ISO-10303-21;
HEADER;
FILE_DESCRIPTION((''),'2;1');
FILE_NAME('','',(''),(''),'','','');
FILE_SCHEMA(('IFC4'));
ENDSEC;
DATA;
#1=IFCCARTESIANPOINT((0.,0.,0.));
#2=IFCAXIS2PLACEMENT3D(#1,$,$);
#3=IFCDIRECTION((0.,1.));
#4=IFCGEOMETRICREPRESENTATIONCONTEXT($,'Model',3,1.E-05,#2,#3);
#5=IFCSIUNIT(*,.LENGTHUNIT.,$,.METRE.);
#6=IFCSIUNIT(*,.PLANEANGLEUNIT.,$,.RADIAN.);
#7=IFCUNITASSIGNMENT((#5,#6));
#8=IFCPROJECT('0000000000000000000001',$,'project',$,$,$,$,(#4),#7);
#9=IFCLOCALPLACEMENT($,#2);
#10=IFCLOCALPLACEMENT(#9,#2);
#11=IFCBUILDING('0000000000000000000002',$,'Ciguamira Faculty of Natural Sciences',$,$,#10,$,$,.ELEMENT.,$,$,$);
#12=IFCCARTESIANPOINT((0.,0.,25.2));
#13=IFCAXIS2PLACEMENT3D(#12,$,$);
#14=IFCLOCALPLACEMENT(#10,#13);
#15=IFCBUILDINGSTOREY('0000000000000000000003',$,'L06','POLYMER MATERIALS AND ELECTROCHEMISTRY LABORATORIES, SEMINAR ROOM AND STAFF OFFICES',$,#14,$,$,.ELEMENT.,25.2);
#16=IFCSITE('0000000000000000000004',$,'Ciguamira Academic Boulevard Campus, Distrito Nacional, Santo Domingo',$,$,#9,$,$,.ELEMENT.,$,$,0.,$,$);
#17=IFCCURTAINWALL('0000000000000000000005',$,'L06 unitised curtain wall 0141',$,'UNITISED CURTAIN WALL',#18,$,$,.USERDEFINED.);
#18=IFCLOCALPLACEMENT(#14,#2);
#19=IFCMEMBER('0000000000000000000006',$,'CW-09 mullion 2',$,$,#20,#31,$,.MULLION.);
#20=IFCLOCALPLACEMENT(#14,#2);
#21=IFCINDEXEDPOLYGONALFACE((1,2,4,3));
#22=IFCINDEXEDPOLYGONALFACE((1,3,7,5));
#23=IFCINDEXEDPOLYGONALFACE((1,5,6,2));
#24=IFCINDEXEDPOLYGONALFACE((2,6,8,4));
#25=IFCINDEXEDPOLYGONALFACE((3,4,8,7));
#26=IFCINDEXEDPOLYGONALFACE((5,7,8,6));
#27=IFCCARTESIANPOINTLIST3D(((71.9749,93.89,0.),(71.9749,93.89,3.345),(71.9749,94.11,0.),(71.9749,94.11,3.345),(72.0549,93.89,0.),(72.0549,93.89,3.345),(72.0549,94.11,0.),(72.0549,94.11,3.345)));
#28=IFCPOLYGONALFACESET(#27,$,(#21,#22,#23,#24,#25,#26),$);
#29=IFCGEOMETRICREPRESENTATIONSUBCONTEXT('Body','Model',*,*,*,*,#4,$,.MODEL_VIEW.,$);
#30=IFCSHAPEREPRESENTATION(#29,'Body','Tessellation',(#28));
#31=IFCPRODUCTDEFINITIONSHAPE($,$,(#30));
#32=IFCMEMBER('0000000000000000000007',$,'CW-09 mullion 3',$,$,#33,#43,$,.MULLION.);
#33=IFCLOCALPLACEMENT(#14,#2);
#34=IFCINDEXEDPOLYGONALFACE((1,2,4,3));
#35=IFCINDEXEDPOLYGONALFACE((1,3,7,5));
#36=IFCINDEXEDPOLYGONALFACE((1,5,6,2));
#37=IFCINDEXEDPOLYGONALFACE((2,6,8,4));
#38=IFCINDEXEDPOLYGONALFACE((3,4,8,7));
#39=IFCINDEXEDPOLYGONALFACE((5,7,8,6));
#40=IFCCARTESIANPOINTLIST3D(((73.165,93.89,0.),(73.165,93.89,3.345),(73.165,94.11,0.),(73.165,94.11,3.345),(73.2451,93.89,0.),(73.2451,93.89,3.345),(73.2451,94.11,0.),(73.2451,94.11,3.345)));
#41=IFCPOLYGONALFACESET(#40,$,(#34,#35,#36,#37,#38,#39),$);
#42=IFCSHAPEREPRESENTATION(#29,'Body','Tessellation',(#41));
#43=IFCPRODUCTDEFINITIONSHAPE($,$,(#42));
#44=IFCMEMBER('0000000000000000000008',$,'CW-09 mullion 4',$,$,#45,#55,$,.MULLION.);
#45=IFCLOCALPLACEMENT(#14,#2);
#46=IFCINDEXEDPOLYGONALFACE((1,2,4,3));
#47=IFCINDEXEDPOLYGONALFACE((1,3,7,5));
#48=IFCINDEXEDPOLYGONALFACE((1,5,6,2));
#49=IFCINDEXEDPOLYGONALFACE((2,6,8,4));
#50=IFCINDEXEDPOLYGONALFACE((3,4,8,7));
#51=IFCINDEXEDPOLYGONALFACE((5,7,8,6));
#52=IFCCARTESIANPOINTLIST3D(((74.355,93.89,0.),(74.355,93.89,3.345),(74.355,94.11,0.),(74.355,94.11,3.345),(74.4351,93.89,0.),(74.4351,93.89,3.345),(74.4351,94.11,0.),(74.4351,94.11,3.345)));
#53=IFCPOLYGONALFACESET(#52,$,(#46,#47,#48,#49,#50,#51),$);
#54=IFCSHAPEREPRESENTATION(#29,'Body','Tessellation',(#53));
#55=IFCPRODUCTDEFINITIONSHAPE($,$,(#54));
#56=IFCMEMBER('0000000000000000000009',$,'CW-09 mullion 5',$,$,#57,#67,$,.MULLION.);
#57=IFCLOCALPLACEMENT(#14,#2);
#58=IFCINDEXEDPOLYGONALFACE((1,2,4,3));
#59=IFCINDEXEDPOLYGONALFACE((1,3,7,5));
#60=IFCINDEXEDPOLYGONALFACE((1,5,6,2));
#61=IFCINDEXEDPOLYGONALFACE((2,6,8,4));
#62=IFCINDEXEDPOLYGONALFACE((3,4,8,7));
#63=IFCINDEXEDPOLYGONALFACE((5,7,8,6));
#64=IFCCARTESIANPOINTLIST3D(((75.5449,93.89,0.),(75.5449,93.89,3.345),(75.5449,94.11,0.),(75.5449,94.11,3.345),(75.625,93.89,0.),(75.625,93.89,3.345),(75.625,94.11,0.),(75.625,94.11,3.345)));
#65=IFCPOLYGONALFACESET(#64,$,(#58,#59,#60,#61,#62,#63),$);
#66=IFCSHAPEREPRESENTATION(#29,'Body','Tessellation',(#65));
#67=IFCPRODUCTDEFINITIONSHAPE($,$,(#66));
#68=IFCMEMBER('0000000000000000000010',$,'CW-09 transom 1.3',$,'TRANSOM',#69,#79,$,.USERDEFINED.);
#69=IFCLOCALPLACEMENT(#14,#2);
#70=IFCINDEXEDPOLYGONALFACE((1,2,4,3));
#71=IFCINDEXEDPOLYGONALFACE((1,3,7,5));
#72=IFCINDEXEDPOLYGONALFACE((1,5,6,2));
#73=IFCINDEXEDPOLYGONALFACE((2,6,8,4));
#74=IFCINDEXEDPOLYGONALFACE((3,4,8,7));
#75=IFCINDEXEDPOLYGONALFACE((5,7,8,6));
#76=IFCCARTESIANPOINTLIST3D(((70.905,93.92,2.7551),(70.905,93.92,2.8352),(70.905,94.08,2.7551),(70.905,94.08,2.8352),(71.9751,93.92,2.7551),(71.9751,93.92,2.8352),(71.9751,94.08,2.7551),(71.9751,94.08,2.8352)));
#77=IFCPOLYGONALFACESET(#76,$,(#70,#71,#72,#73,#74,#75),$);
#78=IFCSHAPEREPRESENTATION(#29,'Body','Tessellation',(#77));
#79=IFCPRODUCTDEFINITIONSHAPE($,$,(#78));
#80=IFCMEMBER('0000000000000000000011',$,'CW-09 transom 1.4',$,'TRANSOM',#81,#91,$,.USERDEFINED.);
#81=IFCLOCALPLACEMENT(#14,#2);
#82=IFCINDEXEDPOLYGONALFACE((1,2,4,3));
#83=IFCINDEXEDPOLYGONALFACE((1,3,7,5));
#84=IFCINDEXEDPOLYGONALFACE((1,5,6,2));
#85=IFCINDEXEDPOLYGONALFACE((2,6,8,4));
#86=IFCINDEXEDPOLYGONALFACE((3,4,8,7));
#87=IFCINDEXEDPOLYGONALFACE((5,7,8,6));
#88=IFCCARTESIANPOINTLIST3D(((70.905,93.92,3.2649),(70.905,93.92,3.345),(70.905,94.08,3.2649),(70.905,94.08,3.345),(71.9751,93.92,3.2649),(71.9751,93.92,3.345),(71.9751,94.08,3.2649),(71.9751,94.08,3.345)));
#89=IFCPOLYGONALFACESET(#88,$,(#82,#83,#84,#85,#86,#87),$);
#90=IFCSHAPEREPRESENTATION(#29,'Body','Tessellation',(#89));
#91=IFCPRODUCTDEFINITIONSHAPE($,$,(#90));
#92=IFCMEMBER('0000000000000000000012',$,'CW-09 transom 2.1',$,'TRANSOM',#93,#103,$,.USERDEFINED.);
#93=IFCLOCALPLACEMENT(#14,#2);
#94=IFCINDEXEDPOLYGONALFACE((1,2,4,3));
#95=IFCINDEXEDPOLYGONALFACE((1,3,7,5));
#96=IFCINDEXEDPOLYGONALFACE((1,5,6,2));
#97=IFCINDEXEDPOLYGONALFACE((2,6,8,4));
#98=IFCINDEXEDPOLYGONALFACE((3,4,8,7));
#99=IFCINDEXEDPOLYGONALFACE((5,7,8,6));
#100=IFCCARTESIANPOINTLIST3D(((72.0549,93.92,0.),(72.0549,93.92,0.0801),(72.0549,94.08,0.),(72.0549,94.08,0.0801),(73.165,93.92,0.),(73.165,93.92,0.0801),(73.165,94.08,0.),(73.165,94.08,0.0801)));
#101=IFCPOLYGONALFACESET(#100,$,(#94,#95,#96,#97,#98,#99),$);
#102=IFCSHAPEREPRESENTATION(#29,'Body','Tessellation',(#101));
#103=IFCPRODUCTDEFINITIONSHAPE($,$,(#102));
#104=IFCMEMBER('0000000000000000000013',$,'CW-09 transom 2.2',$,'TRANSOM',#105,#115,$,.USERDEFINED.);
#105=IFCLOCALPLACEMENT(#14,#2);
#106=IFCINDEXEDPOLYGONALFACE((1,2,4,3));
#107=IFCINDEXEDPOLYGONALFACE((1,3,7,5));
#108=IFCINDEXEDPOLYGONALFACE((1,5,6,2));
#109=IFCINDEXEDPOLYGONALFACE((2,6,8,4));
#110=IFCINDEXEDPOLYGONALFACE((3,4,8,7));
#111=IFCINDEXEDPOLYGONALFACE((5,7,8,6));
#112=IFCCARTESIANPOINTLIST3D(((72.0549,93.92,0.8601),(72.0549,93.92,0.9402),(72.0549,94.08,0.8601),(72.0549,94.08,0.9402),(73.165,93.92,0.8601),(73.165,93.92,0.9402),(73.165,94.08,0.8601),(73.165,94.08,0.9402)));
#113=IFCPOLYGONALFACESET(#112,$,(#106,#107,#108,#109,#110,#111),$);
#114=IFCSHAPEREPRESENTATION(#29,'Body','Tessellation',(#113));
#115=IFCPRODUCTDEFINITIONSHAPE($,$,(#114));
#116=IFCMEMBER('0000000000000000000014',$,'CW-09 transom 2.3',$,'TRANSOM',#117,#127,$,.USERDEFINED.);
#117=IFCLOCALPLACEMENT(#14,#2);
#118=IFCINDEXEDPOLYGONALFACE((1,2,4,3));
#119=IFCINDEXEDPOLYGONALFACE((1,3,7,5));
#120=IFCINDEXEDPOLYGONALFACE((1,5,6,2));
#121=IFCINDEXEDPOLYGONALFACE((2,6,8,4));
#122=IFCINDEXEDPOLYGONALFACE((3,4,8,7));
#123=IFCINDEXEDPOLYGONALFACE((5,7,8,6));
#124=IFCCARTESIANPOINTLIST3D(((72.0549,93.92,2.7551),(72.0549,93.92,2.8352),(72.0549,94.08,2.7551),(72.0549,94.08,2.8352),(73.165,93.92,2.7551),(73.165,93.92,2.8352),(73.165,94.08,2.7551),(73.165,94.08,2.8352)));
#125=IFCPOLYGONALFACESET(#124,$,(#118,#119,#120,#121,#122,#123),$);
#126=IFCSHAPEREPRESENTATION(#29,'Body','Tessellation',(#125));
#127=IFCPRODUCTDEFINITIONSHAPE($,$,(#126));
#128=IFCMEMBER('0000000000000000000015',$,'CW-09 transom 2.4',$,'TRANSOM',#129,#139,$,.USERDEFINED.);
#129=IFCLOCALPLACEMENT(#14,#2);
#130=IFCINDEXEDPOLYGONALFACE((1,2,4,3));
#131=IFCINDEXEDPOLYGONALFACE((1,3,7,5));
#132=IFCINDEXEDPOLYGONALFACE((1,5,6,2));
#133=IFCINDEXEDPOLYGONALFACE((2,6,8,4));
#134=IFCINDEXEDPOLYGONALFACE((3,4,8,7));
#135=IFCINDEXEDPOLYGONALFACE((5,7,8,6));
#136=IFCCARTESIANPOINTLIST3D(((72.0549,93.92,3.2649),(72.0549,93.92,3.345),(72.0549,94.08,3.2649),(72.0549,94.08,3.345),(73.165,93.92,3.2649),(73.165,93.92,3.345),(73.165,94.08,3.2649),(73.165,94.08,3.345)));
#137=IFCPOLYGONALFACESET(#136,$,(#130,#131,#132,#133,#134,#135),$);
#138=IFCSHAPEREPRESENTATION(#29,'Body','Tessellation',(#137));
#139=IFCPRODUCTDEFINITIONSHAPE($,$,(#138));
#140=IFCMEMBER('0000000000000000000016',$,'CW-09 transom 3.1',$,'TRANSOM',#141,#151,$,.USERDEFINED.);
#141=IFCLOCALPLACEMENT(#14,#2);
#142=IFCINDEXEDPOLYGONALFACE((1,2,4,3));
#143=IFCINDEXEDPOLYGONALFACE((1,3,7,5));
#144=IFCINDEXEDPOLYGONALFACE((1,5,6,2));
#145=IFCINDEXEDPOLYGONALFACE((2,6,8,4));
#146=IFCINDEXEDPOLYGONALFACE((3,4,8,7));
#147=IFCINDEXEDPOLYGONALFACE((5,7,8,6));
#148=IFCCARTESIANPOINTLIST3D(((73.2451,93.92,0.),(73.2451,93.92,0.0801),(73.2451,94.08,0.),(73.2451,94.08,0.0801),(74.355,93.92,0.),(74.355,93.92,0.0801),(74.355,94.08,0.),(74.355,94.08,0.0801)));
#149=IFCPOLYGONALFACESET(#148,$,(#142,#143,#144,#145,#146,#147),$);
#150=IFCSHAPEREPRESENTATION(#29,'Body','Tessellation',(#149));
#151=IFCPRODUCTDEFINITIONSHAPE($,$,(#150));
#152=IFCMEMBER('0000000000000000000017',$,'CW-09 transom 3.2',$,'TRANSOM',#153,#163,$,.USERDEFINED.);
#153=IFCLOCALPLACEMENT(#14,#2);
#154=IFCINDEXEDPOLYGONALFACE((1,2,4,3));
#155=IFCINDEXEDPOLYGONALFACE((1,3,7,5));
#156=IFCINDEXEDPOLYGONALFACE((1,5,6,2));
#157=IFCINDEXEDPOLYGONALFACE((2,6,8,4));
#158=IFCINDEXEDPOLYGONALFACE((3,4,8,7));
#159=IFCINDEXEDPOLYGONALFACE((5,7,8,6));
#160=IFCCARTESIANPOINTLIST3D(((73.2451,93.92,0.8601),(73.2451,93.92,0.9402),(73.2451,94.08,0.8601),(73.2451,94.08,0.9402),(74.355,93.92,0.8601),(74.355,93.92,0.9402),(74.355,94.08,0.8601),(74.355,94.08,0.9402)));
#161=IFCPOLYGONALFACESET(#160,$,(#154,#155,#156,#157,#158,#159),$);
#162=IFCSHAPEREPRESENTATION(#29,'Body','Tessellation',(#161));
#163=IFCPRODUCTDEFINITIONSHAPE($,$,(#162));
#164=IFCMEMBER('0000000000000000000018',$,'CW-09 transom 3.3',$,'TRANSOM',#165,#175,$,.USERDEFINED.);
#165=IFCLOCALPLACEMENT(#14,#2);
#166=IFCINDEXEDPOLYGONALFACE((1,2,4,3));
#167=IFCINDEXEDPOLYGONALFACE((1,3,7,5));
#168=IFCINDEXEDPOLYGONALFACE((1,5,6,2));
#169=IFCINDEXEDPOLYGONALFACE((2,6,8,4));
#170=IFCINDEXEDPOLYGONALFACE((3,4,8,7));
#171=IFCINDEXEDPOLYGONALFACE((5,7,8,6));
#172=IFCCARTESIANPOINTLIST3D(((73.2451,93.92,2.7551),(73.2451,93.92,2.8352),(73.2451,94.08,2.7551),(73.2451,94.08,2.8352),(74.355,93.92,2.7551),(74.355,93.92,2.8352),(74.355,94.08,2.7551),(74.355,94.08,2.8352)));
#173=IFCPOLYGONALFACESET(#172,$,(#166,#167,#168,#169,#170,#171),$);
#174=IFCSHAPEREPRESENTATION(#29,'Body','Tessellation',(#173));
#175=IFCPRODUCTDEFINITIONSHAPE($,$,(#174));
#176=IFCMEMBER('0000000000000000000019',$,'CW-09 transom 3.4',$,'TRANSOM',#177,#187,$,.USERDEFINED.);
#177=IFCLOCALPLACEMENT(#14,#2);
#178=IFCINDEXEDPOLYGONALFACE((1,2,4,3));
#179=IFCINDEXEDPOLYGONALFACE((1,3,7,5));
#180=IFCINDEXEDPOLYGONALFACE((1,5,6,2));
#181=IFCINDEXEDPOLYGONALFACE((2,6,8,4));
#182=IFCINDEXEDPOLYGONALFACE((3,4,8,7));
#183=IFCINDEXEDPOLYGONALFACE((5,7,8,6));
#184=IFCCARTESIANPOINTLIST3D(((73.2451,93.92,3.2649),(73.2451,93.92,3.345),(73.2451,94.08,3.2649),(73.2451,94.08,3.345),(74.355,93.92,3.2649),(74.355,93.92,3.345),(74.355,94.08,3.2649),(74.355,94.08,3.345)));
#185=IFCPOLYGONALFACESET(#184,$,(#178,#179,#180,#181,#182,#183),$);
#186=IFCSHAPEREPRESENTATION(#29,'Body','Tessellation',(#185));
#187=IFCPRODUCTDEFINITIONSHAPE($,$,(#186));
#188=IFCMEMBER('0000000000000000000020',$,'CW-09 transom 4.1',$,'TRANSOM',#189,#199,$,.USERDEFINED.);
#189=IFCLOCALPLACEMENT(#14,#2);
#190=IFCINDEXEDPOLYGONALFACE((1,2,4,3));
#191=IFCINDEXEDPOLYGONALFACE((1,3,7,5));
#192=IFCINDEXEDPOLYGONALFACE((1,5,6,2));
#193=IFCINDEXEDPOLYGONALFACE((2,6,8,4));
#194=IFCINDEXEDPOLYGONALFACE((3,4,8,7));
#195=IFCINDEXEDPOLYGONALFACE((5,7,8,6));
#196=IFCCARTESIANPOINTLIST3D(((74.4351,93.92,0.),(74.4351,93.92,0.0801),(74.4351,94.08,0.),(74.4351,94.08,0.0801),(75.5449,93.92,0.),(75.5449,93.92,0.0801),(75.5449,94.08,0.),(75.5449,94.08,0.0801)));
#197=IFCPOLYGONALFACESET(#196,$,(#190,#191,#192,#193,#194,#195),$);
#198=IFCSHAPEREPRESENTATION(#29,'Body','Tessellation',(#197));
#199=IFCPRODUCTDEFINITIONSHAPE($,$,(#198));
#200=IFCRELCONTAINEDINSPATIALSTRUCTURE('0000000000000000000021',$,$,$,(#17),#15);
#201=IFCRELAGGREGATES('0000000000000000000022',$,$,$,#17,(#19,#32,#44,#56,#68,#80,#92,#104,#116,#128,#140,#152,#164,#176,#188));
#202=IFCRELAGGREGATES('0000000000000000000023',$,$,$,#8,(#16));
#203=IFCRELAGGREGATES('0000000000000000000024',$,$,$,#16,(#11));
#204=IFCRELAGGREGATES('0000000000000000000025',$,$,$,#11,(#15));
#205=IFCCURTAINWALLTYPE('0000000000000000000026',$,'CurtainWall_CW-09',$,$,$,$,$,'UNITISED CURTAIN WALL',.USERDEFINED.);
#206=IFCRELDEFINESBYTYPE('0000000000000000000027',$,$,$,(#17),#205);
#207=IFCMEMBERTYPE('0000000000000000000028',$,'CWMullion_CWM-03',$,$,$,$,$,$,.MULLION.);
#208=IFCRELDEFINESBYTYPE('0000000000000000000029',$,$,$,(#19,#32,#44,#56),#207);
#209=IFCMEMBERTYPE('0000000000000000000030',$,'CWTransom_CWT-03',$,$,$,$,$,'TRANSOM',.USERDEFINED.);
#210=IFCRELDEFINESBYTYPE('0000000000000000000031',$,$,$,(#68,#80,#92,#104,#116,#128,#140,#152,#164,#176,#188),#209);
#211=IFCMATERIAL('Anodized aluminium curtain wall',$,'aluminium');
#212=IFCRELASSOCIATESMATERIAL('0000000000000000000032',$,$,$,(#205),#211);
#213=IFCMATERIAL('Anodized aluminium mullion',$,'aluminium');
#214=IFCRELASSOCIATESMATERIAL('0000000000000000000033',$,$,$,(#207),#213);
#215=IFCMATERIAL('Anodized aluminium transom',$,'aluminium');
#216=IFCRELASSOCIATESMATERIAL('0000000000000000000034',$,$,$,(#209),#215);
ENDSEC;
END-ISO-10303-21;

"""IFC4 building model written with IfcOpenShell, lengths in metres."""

from ifc_helpers import new_model, si_unit, direction, frame, origin, origin_2d, place, context, subcontext, project, spatial, rectangle, extrude, material, material_profile, profile_set, type_object, element, aggregate, save


model = new_model("IFC4")

# Units and contexts
model_context = context("Model", 3, precision=1e-05, world=origin(), true_north=direction((0.0, 1.0)))
body_context = subcontext(model_context, "Body", "Model", "MODEL_VIEW")
ifc_project = project(units=[si_unit("LENGTHUNIT", "METRE"), si_unit("PLANEANGLEUNIT", "RADIAN")], contexts=[model_context])

# Site, building, storey
site_placement = place(None, origin())
site = spatial("IfcSite", under=ifc_project, at=site_placement, Name="Ciguamira Academic Boulevard Campus, Distrito Nacional, Santo Domingo", CompositionType="ELEMENT", RefElevation=0.0)
building_placement = place(site_placement, origin())
building = spatial("IfcBuilding", under=site, at=building_placement, Name="Ciguamira Faculty of Natural Sciences", CompositionType="ELEMENT")
storey_placement = place(building_placement, frame((0.0, 0.0, 25.2)))
storey = spatial("IfcBuildingStorey", under=building, at=storey_placement, Name="L06", Description="POLYMER MATERIALS AND ELECTROCHEMISTRY LABORATORIES, SEMINAR ROOM AND STAFF OFFICES", CompositionType="ELEMENT", Elevation=25.2)

# Curtain wall, members
ifc_material_1 = material(Name="Anodized aluminium curtain wall", Category="aluminium")
curtain_wall_type = type_object("IfcCurtainWallType", Name="CurtainWall_CW-09", ElementType="UNITISED CURTAIN WALL", PredefinedType="USERDEFINED", material=ifc_material_1)
curtain_wall_placement = place(storey_placement, origin())
curtain_wall = element("IfcCurtainWall", 1, at=curtain_wall_placement, inside=storey, type_object=curtain_wall_type, Name="L06 unitised curtain wall 0141", ObjectType="UNITISED CURTAIN WALL", PredefinedType="USERDEFINED")
ifc_material_2 = material(Name="Anodized aluminium mullion", Category="aluminium")
ifc_material_profile_1 = material_profile(ifc_material_2, rectangle(XDim=0.0801, YDim=0.22, at=origin_2d()), Name="ALU-MUL-80X220")
ifc_profile_set_1 = profile_set([ifc_material_profile_1], Name="Anodized aluminium mullion")
member_type_1 = type_object("IfcMemberType", Name="CWMullion_CWM-03", PredefinedType="MULLION", material=ifc_profile_set_1)
member_1_placement = place(storey_placement, frame((72.0149, 94.0, 0.0), z_axis=(0.0, 0.0, 1.0), x_axis=(1.0, 0.0, 0.0)))
member_1 = element("IfcMember", 2, at=member_1_placement, type_object=member_type_1, Name="CW-09 mullion 2", PredefinedType="MULLION", context=body_context, shape_type="SweptSolid", body=[
    extrude(rectangle(XDim=0.0801, YDim=0.22, at=origin_2d()), origin(), (0.0, 0.0, 1.0), 3.345),
])
member_2_placement = place(storey_placement, frame((73.2051, 94.0, 0.0), z_axis=(0.0, 0.0, 1.0), x_axis=(1.0, 0.0, 0.0)))
member_2 = element("IfcMember", 3, at=member_2_placement, type_object=member_type_1, Name="CW-09 mullion 3", PredefinedType="MULLION", context=body_context, shape_type="SweptSolid", body=[
    extrude(rectangle(XDim=0.0801, YDim=0.22, at=origin_2d()), origin(), (0.0, 0.0, 1.0), 3.345),
])
member_3_placement = place(storey_placement, frame((74.395, 94.0, 0.0), z_axis=(0.0, 0.0, 1.0), x_axis=(1.0, 0.0, 0.0)))
member_3 = element("IfcMember", 4, at=member_3_placement, type_object=member_type_1, Name="CW-09 mullion 4", PredefinedType="MULLION", context=body_context, shape_type="SweptSolid", body=[
    extrude(rectangle(XDim=0.0801, YDim=0.22, at=origin_2d()), origin(), (0.0, 0.0, 1.0), 3.345),
])
member_4_placement = place(storey_placement, frame((75.585, 94.0, 0.0), z_axis=(0.0, 0.0, 1.0), x_axis=(1.0, 0.0, 0.0)))
member_4 = element("IfcMember", 5, at=member_4_placement, type_object=member_type_1, Name="CW-09 mullion 5", PredefinedType="MULLION", context=body_context, shape_type="SweptSolid", body=[
    extrude(rectangle(XDim=0.0801, YDim=0.22, at=origin_2d()), origin(), (0.0, 0.0, 1.0), 3.345),
])
ifc_material_3 = material(Name="Anodized aluminium transom", Category="aluminium")
ifc_material_profile_2 = material_profile(ifc_material_3, rectangle(XDim=0.0801, YDim=0.1599, at=origin_2d()), Name="ALU-TRN-80X160")
ifc_profile_set_2 = profile_set([ifc_material_profile_2], Name="Anodized aluminium transom")
member_type_2 = type_object("IfcMemberType", Name="CWTransom_CWT-03", ElementType="TRANSOM", PredefinedType="USERDEFINED", material=ifc_profile_set_2)
member_5_placement = place(storey_placement, frame((70.905, 94.0, 2.7952), z_axis=(1.0, 0.0, 0.0), x_axis=(0.0, 0.0, 1.0)))
member_5 = element("IfcMember", 6, at=member_5_placement, type_object=member_type_2, Name="CW-09 transom 1.3", ObjectType="TRANSOM", PredefinedType="USERDEFINED", context=body_context, shape_type="SweptSolid", body=[
    extrude(rectangle(XDim=0.0801, YDim=0.1599, at=origin_2d()), origin(), (0.0, 0.0, 1.0), 1.0701),
])
member_6_placement = place(storey_placement, frame((70.905, 94.0, 3.3049), z_axis=(1.0, 0.0, 0.0), x_axis=(0.0, 0.0, 1.0)))
member_6 = element("IfcMember", 7, at=member_6_placement, type_object=member_type_2, Name="CW-09 transom 1.4", ObjectType="TRANSOM", PredefinedType="USERDEFINED", context=body_context, shape_type="SweptSolid", body=[
    extrude(rectangle(XDim=0.0801, YDim=0.1599, at=origin_2d()), origin(), (0.0, 0.0, 1.0), 1.0701),
])
member_7_placement = place(storey_placement, frame((72.0549, 94.0, 0.04), z_axis=(1.0, 0.0, 0.0), x_axis=(0.0, 0.0, 1.0)))
member_7 = element("IfcMember", 8, at=member_7_placement, type_object=member_type_2, Name="CW-09 transom 2.1", ObjectType="TRANSOM", PredefinedType="USERDEFINED", context=body_context, shape_type="SweptSolid", body=[
    extrude(rectangle(XDim=0.0801, YDim=0.1599, at=origin_2d()), origin(), (0.0, 0.0, 1.0), 1.1101),
])
member_8_placement = place(storey_placement, frame((72.0549, 94.0, 0.9001), z_axis=(1.0, 0.0, 0.0), x_axis=(0.0, 0.0, 1.0)))
member_8 = element("IfcMember", 9, at=member_8_placement, type_object=member_type_2, Name="CW-09 transom 2.2", ObjectType="TRANSOM", PredefinedType="USERDEFINED", context=body_context, shape_type="SweptSolid", body=[
    extrude(rectangle(XDim=0.0801, YDim=0.1599, at=origin_2d()), origin(), (0.0, 0.0, 1.0), 1.1101),
])
member_9_placement = place(storey_placement, frame((72.0549, 94.0, 2.7952), z_axis=(1.0, 0.0, 0.0), x_axis=(0.0, 0.0, 1.0)))
member_9 = element("IfcMember", 10, at=member_9_placement, type_object=member_type_2, Name="CW-09 transom 2.3", ObjectType="TRANSOM", PredefinedType="USERDEFINED", context=body_context, shape_type="SweptSolid", body=[
    extrude(rectangle(XDim=0.0801, YDim=0.1599, at=origin_2d()), origin(), (0.0, 0.0, 1.0), 1.1101),
])
member_10_placement = place(storey_placement, frame((72.0549, 94.0, 3.3049), z_axis=(1.0, 0.0, 0.0), x_axis=(0.0, 0.0, 1.0)))
member_10 = element("IfcMember", 11, at=member_10_placement, type_object=member_type_2, Name="CW-09 transom 2.4", ObjectType="TRANSOM", PredefinedType="USERDEFINED", context=body_context, shape_type="SweptSolid", body=[
    extrude(rectangle(XDim=0.0801, YDim=0.1599, at=origin_2d()), origin(), (0.0, 0.0, 1.0), 1.1101),
])
member_11_placement = place(storey_placement, frame((73.2451, 94.0, 0.04), z_axis=(1.0, 0.0, 0.0), x_axis=(0.0, 0.0, 1.0)))
member_11 = element("IfcMember", 12, at=member_11_placement, type_object=member_type_2, Name="CW-09 transom 3.1", ObjectType="TRANSOM", PredefinedType="USERDEFINED", context=body_context, shape_type="SweptSolid", body=[
    extrude(rectangle(XDim=0.0801, YDim=0.1599, at=origin_2d()), origin(), (0.0, 0.0, 1.0), 1.1099),
])
member_12_placement = place(storey_placement, frame((73.2451, 94.0, 0.9001), z_axis=(1.0, 0.0, 0.0), x_axis=(0.0, 0.0, 1.0)))
member_12 = element("IfcMember", 13, at=member_12_placement, type_object=member_type_2, Name="CW-09 transom 3.2", ObjectType="TRANSOM", PredefinedType="USERDEFINED", context=body_context, shape_type="SweptSolid", body=[
    extrude(rectangle(XDim=0.0801, YDim=0.1599, at=origin_2d()), origin(), (0.0, 0.0, 1.0), 1.1099),
])
member_13_placement = place(storey_placement, frame((73.2451, 94.0, 2.7952), z_axis=(1.0, 0.0, 0.0), x_axis=(0.0, 0.0, 1.0)))
member_13 = element("IfcMember", 14, at=member_13_placement, type_object=member_type_2, Name="CW-09 transom 3.3", ObjectType="TRANSOM", PredefinedType="USERDEFINED", context=body_context, shape_type="SweptSolid", body=[
    extrude(rectangle(XDim=0.0801, YDim=0.1599, at=origin_2d()), origin(), (0.0, 0.0, 1.0), 1.1099),
])
member_14_placement = place(storey_placement, frame((73.2451, 94.0, 3.3049), z_axis=(1.0, 0.0, 0.0), x_axis=(0.0, 0.0, 1.0)))
member_14 = element("IfcMember", 15, at=member_14_placement, type_object=member_type_2, Name="CW-09 transom 3.4", ObjectType="TRANSOM", PredefinedType="USERDEFINED", context=body_context, shape_type="SweptSolid", body=[
    extrude(rectangle(XDim=0.0801, YDim=0.1599, at=origin_2d()), origin(), (0.0, 0.0, 1.0), 1.1099),
])
member_15_placement = place(storey_placement, frame((74.4351, 94.0, 0.04), z_axis=(1.0, 0.0, 0.0), x_axis=(0.0, 0.0, 1.0)))
member_15 = element("IfcMember", 16, at=member_15_placement, type_object=member_type_2, Name="CW-09 transom 4.1", ObjectType="TRANSOM", PredefinedType="USERDEFINED", context=body_context, shape_type="SweptSolid", body=[
    extrude(rectangle(XDim=0.0801, YDim=0.1599, at=origin_2d()), origin(), (0.0, 0.0, 1.0), 1.1099),
])
aggregate(curtain_wall, [member_1, member_2, member_3, member_4, member_5, member_6, member_7, member_8, member_9, member_10, member_11, member_12, member_13, member_14, member_15])

save(model, "model.ifc")
